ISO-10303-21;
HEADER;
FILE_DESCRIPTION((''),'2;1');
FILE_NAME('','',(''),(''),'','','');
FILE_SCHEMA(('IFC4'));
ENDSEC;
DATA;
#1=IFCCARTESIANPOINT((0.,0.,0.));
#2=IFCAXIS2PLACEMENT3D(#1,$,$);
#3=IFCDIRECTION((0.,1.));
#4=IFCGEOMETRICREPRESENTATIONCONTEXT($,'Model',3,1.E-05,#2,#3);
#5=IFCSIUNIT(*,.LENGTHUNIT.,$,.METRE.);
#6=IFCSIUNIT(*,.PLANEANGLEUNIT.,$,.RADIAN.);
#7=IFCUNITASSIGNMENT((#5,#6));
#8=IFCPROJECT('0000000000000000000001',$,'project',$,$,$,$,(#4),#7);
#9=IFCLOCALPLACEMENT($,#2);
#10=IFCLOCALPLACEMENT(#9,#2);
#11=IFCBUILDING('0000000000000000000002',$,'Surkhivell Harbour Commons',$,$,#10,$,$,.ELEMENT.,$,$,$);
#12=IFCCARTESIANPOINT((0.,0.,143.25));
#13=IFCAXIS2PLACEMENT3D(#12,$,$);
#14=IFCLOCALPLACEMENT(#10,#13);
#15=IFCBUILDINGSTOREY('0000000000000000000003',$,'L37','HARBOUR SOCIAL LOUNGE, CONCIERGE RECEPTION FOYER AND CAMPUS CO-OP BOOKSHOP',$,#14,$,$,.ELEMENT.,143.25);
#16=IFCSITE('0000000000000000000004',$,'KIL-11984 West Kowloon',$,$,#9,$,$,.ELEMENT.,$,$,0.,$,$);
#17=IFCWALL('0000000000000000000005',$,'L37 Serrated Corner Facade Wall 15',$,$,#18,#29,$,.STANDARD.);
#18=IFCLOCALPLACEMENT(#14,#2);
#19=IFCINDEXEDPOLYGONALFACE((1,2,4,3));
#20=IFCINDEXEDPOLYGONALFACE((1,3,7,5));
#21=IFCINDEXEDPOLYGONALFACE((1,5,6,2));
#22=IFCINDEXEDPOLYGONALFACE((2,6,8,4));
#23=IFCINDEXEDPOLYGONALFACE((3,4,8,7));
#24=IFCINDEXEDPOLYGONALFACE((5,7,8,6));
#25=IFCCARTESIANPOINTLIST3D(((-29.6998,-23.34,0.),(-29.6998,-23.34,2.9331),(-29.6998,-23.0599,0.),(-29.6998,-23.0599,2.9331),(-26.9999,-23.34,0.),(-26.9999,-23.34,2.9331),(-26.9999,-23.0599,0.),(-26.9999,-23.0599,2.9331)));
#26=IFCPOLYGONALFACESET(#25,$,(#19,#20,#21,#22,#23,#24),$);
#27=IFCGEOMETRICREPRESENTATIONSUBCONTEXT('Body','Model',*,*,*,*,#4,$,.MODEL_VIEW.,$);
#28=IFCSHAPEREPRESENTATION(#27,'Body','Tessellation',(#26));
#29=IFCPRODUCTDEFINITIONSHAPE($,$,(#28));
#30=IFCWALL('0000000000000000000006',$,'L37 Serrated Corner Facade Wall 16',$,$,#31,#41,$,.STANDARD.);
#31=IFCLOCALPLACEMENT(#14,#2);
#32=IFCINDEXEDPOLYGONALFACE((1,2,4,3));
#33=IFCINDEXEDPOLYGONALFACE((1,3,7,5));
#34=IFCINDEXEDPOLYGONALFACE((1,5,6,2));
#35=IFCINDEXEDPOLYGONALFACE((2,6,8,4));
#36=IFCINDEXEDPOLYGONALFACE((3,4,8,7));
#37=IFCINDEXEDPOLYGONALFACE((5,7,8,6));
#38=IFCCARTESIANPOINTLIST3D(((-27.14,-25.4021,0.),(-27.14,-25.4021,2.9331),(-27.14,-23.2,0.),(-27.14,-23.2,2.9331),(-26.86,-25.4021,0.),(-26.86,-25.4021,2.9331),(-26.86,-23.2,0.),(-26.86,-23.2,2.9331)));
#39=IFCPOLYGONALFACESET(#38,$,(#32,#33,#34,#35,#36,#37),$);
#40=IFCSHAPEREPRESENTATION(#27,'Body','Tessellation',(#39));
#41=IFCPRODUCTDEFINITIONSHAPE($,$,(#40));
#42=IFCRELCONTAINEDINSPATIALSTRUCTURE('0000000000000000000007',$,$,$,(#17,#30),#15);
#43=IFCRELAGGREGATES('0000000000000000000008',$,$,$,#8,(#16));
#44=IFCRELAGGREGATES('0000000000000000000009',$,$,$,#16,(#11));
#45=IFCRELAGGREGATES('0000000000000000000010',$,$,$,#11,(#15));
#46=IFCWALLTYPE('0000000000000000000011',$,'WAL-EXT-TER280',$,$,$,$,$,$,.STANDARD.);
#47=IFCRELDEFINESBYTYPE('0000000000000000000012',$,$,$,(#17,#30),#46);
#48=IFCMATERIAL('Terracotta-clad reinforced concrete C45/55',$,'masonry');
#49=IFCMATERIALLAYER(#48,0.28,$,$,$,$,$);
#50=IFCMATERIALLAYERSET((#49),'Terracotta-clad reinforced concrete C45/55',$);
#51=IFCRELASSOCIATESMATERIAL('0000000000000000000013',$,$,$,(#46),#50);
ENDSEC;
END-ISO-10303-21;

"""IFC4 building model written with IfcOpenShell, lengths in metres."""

from ifc_helpers import new_model, si_unit, direction, frame, frame_2d, origin, place, context, subcontext, project, spatial, rectangle, extrude, material, layer, layer_set, type_object, element, save


model = new_model("IFC4")

# Units and contexts
model_context = context("Model", 3, precision=1e-05, world=origin(), true_north=direction((0.0, 1.0)))
body_context = subcontext(model_context, "Body", "Model", "MODEL_VIEW")
ifc_project = project(units=[si_unit("LENGTHUNIT", "METRE"), si_unit("PLANEANGLEUNIT", "RADIAN")], contexts=[model_context])

# Site, building, storey
site_placement = place(None, origin())
site = spatial("IfcSite", under=ifc_project, at=site_placement, Name="KIL-11984 West Kowloon", CompositionType="ELEMENT", RefElevation=0.0)
building_placement = place(site_placement, origin())
building = spatial("IfcBuilding", under=site, at=building_placement, Name="Surkhivell Harbour Commons", CompositionType="ELEMENT")
storey_placement = place(building_placement, frame((0.0, 0.0, 143.25)))
storey = spatial("IfcBuildingStorey", under=building, at=storey_placement, Name="L37", Description="HARBOUR SOCIAL LOUNGE, CONCIERGE RECEPTION FOYER AND CAMPUS CO-OP BOOKSHOP", CompositionType="ELEMENT", Elevation=143.25)

# Walls
ifc_material_1 = material(Name="Terracotta-clad reinforced concrete C45/55", Category="masonry")
ifc_layer_1 = layer(ifc_material_1, 0.28)
ifc_layer_set_1 = layer_set([ifc_layer_1], Name="Terracotta-clad reinforced concrete C45/55")
wall_type = type_object("IfcWallType", Name="WAL-EXT-TER280", PredefinedType="STANDARD", material=ifc_layer_set_1)
for number, where, z_axis, x_axis, name in (
    (1, (-29.7, -23.2, 0.0), (0.0, 0.0, 1.0), (1.0, 0.0, 0.0), "L37 Serrated Corner Facade Wall 15"),
):
    element("IfcWall", number, at=place(storey_placement, frame(where, z_axis=z_axis, x_axis=x_axis)), inside=storey, type_object=wall_type, Name=name, PredefinedType="STANDARD", context=body_context, shape_type="SweptSolid", body=[
        extrude(rectangle(XDim=2.7, YDim=0.28, at=frame_2d((1.3501, 0.0))), origin(), (0.0, 0.0, 1.0), 2.9331),
    ])
wall_1_placement = place(storey_placement, frame((-27.0, -23.2, 0.0), z_axis=(0.0, 0.0, 1.0), x_axis=(0.0, -1.0, 0.0)))
element("IfcWall", 2, at=wall_1_placement, inside=storey, type_object=wall_type, Name="L37 Serrated Corner Facade Wall 16", PredefinedType="STANDARD", context=body_context, shape_type="SweptSolid", body=[
    extrude(rectangle(XDim=2.2021, YDim=0.28, at=frame_2d((1.1011, 0.0))), origin(), (0.0, 0.0, 1.0), 2.9331),
])

save(model, "model.ifc")
